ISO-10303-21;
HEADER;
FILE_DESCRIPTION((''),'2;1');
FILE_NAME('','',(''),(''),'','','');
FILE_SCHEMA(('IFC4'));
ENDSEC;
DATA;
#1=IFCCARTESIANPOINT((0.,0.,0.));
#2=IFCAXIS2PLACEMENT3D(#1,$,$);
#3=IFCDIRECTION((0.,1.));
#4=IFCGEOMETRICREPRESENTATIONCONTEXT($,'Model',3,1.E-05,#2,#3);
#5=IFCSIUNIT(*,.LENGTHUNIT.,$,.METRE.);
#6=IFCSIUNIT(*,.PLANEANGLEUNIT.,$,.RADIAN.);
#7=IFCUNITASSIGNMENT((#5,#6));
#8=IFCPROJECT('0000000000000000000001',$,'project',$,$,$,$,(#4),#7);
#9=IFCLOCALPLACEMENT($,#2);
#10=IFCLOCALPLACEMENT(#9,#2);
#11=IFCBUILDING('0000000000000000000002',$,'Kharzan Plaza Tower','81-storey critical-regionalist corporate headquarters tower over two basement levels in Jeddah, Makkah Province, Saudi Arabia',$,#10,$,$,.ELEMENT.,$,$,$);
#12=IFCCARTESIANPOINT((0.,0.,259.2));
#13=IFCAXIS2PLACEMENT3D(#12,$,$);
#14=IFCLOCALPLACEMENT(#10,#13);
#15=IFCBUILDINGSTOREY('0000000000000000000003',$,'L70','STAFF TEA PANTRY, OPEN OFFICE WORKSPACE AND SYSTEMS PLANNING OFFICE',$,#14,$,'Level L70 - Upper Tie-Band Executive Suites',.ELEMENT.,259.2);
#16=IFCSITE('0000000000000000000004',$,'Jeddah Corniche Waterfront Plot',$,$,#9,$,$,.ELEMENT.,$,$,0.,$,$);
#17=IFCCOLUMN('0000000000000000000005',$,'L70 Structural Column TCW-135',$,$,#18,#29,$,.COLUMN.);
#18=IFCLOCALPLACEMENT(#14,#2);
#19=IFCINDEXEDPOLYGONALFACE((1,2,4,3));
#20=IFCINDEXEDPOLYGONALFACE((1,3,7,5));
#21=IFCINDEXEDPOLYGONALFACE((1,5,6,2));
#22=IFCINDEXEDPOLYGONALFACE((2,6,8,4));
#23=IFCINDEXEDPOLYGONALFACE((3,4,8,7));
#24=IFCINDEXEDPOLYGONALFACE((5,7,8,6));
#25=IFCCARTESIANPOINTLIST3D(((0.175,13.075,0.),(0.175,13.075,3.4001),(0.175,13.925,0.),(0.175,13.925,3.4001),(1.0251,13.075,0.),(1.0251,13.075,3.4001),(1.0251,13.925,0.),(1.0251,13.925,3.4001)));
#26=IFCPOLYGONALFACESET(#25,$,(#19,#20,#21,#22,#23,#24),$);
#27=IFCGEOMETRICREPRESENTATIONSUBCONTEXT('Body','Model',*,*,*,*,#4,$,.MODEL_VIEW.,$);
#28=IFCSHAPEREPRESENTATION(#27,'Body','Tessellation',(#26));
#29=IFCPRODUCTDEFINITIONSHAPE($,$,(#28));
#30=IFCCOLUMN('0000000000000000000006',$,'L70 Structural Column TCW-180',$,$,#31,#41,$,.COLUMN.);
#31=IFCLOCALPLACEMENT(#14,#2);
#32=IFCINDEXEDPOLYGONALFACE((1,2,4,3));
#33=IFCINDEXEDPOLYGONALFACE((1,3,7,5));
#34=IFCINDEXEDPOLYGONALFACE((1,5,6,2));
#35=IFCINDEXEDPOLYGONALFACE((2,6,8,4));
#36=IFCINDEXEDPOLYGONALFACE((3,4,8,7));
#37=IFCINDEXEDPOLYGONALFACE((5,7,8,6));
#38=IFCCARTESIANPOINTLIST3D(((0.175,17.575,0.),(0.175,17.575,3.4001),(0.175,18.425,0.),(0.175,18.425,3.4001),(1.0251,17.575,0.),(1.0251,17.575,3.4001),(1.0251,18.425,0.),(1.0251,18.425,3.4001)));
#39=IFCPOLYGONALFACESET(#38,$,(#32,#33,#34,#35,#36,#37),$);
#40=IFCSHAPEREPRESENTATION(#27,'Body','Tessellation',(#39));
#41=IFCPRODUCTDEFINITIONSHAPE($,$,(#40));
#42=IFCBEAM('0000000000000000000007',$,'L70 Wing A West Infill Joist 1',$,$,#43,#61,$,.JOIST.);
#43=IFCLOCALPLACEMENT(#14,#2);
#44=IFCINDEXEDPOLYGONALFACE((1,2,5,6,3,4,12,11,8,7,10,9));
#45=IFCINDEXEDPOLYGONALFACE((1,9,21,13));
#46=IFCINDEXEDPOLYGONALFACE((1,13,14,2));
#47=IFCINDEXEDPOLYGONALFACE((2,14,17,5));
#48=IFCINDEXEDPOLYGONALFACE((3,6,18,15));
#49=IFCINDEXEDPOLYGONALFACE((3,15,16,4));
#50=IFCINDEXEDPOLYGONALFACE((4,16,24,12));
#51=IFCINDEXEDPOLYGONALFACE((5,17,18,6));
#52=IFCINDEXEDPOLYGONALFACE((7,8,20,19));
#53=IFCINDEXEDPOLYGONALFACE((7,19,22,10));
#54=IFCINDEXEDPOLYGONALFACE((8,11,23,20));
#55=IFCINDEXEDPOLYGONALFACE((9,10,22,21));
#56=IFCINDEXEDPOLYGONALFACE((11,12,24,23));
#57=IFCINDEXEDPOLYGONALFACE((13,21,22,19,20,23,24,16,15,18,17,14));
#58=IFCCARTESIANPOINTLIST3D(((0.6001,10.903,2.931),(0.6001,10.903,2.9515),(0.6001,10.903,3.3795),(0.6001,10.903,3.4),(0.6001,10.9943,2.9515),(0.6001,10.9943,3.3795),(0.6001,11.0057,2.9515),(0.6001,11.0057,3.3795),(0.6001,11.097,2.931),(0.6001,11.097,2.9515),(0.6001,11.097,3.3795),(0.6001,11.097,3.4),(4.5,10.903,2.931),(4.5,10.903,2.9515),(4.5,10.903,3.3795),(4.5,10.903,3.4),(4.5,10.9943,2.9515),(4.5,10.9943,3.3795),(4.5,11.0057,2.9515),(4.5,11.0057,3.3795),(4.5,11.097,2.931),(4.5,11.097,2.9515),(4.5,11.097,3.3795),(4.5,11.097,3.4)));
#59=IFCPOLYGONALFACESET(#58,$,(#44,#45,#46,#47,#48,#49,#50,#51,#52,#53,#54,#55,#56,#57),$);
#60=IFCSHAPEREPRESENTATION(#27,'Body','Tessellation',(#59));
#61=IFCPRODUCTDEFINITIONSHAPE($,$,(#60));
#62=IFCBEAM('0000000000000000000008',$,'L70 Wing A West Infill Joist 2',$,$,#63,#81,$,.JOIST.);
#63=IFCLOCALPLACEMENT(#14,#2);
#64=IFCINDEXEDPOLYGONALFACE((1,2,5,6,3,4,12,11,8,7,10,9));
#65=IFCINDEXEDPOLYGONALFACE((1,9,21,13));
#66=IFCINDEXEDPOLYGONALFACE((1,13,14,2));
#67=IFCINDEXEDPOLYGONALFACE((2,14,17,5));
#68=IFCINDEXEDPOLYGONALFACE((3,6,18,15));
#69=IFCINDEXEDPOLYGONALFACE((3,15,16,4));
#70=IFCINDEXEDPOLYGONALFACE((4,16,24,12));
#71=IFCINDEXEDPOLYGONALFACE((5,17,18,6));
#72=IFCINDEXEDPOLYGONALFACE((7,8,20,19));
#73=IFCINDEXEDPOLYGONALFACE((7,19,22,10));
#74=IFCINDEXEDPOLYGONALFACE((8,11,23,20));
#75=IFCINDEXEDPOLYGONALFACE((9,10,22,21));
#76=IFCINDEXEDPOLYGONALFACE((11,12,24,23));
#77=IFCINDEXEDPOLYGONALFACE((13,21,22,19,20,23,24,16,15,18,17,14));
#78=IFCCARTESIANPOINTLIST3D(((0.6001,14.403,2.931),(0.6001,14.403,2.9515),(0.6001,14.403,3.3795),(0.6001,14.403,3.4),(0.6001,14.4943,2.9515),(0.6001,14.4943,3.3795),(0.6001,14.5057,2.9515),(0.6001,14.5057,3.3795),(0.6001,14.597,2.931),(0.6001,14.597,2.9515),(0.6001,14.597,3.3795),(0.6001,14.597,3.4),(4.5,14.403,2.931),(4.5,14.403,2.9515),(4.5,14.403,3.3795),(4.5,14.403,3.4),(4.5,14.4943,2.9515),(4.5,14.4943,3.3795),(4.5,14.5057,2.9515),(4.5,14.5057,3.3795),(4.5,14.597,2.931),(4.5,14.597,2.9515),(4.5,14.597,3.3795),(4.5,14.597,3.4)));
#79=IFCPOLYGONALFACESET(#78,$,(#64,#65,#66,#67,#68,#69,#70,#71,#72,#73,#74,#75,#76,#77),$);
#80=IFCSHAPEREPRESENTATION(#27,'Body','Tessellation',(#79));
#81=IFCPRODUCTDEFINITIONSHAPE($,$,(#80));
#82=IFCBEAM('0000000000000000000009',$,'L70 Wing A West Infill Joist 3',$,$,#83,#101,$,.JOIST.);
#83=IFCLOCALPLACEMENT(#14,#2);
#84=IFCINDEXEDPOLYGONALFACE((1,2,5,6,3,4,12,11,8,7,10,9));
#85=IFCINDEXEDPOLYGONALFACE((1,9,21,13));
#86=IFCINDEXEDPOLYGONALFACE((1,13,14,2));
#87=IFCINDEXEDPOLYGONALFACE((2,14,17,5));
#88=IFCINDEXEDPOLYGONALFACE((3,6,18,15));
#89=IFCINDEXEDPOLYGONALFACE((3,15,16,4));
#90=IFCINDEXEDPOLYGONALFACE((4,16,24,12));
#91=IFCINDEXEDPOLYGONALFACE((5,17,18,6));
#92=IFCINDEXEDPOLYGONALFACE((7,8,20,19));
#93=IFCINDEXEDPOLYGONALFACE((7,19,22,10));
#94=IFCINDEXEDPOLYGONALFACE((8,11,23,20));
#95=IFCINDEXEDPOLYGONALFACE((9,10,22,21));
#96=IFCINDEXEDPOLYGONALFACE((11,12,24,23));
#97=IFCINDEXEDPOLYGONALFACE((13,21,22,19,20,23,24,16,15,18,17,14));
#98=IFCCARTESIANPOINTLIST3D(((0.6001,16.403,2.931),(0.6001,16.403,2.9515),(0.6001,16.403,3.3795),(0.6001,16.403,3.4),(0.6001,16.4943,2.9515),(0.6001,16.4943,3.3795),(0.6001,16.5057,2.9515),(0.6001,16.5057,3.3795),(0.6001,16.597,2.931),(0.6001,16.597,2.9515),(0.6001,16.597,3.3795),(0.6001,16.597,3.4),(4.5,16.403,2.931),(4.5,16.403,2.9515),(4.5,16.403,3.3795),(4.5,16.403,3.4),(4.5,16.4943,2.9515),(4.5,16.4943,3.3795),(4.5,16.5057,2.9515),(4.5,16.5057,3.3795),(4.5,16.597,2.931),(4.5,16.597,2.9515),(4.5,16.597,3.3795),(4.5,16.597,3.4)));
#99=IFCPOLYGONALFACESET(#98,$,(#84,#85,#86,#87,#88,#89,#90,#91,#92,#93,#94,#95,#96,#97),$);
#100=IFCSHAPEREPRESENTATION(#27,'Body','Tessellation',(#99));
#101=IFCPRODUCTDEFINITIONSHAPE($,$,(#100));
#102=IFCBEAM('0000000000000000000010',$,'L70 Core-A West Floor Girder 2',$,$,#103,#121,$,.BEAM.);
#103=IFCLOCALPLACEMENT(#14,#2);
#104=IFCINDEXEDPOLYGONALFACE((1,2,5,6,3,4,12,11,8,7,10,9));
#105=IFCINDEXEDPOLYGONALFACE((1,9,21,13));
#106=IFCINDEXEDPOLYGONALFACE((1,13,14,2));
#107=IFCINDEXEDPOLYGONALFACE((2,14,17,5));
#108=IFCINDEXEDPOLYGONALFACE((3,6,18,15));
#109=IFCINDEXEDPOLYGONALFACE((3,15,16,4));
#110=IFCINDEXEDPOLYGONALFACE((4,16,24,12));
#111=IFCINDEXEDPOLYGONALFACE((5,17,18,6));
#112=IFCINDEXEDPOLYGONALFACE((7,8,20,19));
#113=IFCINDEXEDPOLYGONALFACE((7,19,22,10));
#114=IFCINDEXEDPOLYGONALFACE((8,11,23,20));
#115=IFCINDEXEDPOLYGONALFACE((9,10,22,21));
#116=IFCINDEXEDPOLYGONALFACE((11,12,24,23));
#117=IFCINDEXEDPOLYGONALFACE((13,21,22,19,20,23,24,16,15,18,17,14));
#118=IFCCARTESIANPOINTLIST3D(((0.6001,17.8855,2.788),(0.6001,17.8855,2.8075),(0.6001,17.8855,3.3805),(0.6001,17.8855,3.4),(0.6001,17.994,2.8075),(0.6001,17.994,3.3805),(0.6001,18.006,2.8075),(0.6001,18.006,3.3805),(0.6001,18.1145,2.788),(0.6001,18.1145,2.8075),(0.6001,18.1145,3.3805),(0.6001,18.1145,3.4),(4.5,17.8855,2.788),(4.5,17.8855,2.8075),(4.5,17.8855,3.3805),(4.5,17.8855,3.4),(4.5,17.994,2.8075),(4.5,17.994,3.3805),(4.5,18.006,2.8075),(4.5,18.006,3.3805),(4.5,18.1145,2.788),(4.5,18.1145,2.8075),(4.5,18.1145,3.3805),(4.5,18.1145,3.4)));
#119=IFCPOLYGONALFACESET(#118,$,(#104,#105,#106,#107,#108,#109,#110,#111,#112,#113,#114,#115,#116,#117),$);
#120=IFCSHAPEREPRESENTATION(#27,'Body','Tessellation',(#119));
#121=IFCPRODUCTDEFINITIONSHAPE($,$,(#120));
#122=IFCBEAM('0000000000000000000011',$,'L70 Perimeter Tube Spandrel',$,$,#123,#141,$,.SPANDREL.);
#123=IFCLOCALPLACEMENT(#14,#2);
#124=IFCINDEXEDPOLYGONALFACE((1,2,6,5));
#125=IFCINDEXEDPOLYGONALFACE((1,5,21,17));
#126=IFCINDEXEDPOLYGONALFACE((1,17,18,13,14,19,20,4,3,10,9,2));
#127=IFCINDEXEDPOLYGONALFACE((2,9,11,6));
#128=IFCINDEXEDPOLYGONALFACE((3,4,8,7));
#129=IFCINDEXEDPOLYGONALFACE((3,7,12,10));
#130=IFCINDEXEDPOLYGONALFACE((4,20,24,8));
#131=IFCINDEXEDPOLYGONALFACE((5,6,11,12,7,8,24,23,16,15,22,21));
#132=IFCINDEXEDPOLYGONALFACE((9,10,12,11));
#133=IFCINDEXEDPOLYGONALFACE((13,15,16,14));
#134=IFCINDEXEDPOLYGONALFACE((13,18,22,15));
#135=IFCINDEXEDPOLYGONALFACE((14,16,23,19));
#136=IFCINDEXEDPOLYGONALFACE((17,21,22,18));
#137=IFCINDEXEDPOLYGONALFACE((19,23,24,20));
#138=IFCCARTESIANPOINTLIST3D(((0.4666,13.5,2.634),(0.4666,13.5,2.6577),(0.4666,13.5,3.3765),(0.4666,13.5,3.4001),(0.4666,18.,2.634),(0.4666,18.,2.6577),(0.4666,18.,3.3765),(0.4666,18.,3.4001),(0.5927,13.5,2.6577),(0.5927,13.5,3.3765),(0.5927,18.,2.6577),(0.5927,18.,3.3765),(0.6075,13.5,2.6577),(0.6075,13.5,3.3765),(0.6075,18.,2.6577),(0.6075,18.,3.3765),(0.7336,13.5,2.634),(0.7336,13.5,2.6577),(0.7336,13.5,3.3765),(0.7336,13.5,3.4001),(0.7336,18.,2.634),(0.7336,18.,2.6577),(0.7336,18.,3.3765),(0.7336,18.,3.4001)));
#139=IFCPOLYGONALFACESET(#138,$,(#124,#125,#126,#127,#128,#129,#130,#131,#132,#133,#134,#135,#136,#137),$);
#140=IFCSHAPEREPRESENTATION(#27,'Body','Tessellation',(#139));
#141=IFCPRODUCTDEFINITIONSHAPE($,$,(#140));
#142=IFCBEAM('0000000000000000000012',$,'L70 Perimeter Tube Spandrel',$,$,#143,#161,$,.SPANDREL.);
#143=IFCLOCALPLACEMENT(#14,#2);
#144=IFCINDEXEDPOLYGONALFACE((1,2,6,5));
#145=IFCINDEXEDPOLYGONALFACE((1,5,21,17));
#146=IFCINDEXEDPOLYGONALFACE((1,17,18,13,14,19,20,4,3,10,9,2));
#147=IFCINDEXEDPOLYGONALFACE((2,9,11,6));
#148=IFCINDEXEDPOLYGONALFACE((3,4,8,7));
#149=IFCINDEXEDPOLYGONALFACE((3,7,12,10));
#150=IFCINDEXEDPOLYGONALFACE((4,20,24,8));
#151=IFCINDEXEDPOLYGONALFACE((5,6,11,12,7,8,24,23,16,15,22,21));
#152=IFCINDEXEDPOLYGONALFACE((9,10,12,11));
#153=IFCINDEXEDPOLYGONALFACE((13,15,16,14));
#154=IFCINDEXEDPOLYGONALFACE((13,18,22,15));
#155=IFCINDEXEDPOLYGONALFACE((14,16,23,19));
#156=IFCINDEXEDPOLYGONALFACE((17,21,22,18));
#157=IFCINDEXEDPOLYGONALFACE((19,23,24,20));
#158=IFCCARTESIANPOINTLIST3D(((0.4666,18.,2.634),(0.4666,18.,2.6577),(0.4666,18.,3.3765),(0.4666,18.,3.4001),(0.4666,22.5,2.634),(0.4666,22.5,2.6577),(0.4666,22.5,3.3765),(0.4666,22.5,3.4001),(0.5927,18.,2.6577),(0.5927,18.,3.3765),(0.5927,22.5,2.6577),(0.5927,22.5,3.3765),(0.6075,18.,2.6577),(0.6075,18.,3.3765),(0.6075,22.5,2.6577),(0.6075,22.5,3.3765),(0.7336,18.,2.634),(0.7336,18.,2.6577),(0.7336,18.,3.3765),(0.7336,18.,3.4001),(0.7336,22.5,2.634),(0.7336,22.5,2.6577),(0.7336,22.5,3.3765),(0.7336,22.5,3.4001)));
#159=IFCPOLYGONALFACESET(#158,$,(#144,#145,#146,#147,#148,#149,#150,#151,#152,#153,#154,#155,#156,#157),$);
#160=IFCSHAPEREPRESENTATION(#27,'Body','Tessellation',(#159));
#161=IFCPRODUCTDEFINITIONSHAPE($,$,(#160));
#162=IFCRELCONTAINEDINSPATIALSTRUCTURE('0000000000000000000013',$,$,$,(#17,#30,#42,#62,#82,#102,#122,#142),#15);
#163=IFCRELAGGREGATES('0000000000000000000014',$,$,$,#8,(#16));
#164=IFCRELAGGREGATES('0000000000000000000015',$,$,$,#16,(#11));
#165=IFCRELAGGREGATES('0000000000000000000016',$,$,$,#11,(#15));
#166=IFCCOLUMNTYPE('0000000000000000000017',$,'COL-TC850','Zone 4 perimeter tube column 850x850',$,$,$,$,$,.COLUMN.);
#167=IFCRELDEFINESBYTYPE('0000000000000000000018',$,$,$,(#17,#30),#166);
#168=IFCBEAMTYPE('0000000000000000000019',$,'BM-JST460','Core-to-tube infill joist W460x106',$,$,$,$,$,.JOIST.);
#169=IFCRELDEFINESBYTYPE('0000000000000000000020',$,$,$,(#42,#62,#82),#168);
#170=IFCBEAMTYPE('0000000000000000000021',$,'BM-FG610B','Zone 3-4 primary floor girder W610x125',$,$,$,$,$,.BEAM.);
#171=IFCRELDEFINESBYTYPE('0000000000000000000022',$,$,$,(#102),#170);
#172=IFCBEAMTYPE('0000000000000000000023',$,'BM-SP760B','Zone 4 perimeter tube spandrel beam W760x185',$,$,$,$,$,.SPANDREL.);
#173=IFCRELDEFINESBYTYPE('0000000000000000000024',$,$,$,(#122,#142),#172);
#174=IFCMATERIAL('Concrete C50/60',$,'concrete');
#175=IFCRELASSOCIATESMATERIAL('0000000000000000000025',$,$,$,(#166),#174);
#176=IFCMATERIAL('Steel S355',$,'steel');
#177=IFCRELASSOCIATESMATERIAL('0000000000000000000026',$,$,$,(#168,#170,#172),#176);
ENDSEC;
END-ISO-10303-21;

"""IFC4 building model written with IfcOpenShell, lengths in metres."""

from ifc_helpers import new_model, si_unit, direction, frame, origin, origin_2d, place, context, subcontext, project, spatial, rectangle, i_section, extrude, source, transform, mapped, material, material_profile, profile_set, type_object, element, save


model = new_model("IFC4")

# Units and contexts
model_context = context("Model", 3, precision=1e-05, world=origin(), true_north=direction((0.0, 1.0)))
body_context = subcontext(model_context, "Body", "Model", "MODEL_VIEW")
ifc_project = project(units=[si_unit("LENGTHUNIT", "METRE"), si_unit("PLANEANGLEUNIT", "RADIAN")], contexts=[model_context])

# Site, building, storey
site_placement = place(None, origin())
site = spatial("IfcSite", under=ifc_project, at=site_placement, Name="Jeddah Corniche Waterfront Plot", CompositionType="ELEMENT", RefElevation=0.0)
building_placement = place(site_placement, origin())
building = spatial("IfcBuilding", under=site, at=building_placement, Name="Kharzan Plaza Tower", Description="81-storey critical-regionalist corporate headquarters tower over two basement levels in Jeddah, Makkah Province, Saudi Arabia", CompositionType="ELEMENT")
storey_placement = place(building_placement, frame((0.0, 0.0, 259.2)))
storey = spatial("IfcBuildingStorey", under=building, at=storey_placement, Name="L70", Description="STAFF TEA PANTRY, OPEN OFFICE WORKSPACE AND SYSTEMS PLANNING OFFICE", LongName="Level L70 - Upper Tie-Band Executive Suites", CompositionType="ELEMENT", Elevation=259.2)

# Columns
ifc_material_1 = material(Name="Concrete C50/60", Category="concrete")
ifc_material_profile_1 = material_profile(ifc_material_1, rectangle(XDim=0.8501, YDim=0.8501, at=origin_2d()), Name="RC-TC850x850")
ifc_profile_set_1 = profile_set([ifc_material_profile_1], Name="Concrete C50/60")
column_type = type_object("IfcColumnType", Name="COL-TC850", Description="Zone 4 perimeter tube column 850x850", PredefinedType="COLUMN", material=ifc_profile_set_1)
shared_shape_1 = source(origin(), body_context, "Body", "SweptSolid", [
    extrude(rectangle(XDim=0.8501, YDim=0.8501, at=origin_2d()), origin(), (0.0, 0.0, 1.0), 3.4001),
])
for number, where, z_axis, x_axis, name in (
    (1, (0.6001, 13.5, 0.0), (0.0, 0.0, 1.0), (1.0, 0.0, 0.0), "L70 Structural Column TCW-135"),
    (2, (0.6001, 18.0, 0.0), (0.0, 0.0, 1.0), (1.0, 0.0, 0.0), "L70 Structural Column TCW-180"),
):
    element("IfcColumn", number, at=place(storey_placement, frame(where, z_axis=z_axis, x_axis=x_axis)), inside=storey, type_object=column_type, Name=name, PredefinedType="COLUMN", context=body_context, shape_type="MappedRepresentation", body=[
        mapped(shared_shape_1, transform((0.0, 0.0, 0.0), x_axis=(1.0, 0.0, 0.0), y_axis=(0.0, 1.0, 0.0), z_axis=(0.0, 0.0, 1.0))),
    ])

# Beams
ifc_material_2 = material(Name="Steel S355", Category="steel")
ifc_material_profile_2 = material_profile(ifc_material_2, i_section(OverallWidth=0.1941, OverallDepth=0.469, WebThickness=0.0115, FlangeThickness=0.0205, at=origin_2d()), Name="W460x106")
ifc_profile_set_2 = profile_set([ifc_material_profile_2], Name="Steel S355")
beam_type_1 = type_object("IfcBeamType", Name="BM-JST460", Description="Core-to-tube infill joist W460x106", PredefinedType="JOIST", material=ifc_profile_set_2)
shared_shape_2 = source(origin(), body_context, "Body", "SweptSolid", [
    extrude(i_section(OverallWidth=0.1941, OverallDepth=0.469, WebThickness=0.0115, FlangeThickness=0.0205, at=origin_2d()), origin(), (0.0, 0.0, 1.0), 3.8999),
])
for number, where, z_axis, x_axis, name in (
    (3, (0.6001, 11.0, 3.1655), (1.0, 0.0, 0.0), (0.0, 1.0, 0.0), "L70 Wing A West Infill Joist 1"),
    (4, (0.6001, 14.5, 3.1655), (1.0, 0.0, 0.0), (0.0, 1.0, 0.0), "L70 Wing A West Infill Joist 2"),
    (5, (0.6001, 16.5, 3.1655), (1.0, 0.0, 0.0), (0.0, 1.0, 0.0), "L70 Wing A West Infill Joist 3"),
):
    element("IfcBeam", number, at=place(storey_placement, frame(where, z_axis=z_axis, x_axis=x_axis)), inside=storey, type_object=beam_type_1, Name=name, PredefinedType="JOIST", context=body_context, shape_type="MappedRepresentation", body=[
        mapped(shared_shape_2, transform((0.0, 0.0, 0.0), x_axis=(1.0, 0.0, 0.0), y_axis=(0.0, 1.0, 0.0), z_axis=(0.0, 0.0, 1.0))),
    ])
ifc_material_profile_3 = material_profile(ifc_material_2, i_section(OverallWidth=0.229, OverallDepth=0.6121, WebThickness=0.012, FlangeThickness=0.0195, at=origin_2d()), Name="W610x125")
ifc_profile_set_3 = profile_set([ifc_material_profile_3], Name="Steel S355")
beam_type_2 = type_object("IfcBeamType", Name="BM-FG610B", Description="Zone 3-4 primary floor girder W610x125", PredefinedType="BEAM", material=ifc_profile_set_3)
shared_shape_3 = source(origin(), body_context, "Body", "SweptSolid", [
    extrude(i_section(OverallWidth=0.229, OverallDepth=0.6121, WebThickness=0.012, FlangeThickness=0.0195, at=origin_2d()), origin(), (0.0, 0.0, 1.0), 3.8999),
])
beam_placement = place(storey_placement, frame((0.6001, 18.0, 3.094), z_axis=(1.0, 0.0, 0.0), x_axis=(0.0, 1.0, 0.0)))
element("IfcBeam", 6, at=beam_placement, inside=storey, type_object=beam_type_2, Name="L70 Core-A West Floor Girder 2", PredefinedType="BEAM", context=body_context, shape_type="MappedRepresentation", body=[
    mapped(shared_shape_3, transform((0.0, 0.0, 0.0), x_axis=(1.0, 0.0, 0.0), y_axis=(0.0, 1.0, 0.0), z_axis=(0.0, 0.0, 1.0))),
])
ifc_material_profile_4 = material_profile(ifc_material_2, i_section(OverallWidth=0.2671, OverallDepth=0.7661, WebThickness=0.0149, FlangeThickness=0.0237, at=origin_2d()), Name="W760x185")
ifc_profile_set_4 = profile_set([ifc_material_profile_4], Name="Steel S355")
beam_type_3 = type_object("IfcBeamType", Name="BM-SP760B", Description="Zone 4 perimeter tube spandrel beam W760x185", PredefinedType="SPANDREL", material=ifc_profile_set_4)
shared_shape_4 = source(origin(), body_context, "Body", "SweptSolid", [
    extrude(i_section(OverallWidth=0.2671, OverallDepth=0.7661, WebThickness=0.0149, FlangeThickness=0.0237, at=origin_2d()), origin(), (0.0, 0.0, 1.0), 4.5),
])
for number, where, z_axis, x_axis, name in (
    (7, (0.6001, 13.5, 3.0171), (0.0, 1.0, 0.0), (-1.0, 0.0, 0.0), "L70 Perimeter Tube Spandrel"),
    (8, (0.6001, 18.0, 3.0171), (0.0, 1.0, 0.0), (-1.0, 0.0, 0.0), "L70 Perimeter Tube Spandrel"),
):
    element("IfcBeam", number, at=place(storey_placement, frame(where, z_axis=z_axis, x_axis=x_axis)), inside=storey, type_object=beam_type_3, Name=name, PredefinedType="SPANDREL", context=body_context, shape_type="MappedRepresentation", body=[
        mapped(shared_shape_4, transform((0.0, 0.0, 0.0), x_axis=(1.0, 0.0, 0.0), y_axis=(0.0, 1.0, 0.0), z_axis=(0.0, 0.0, 1.0))),
    ])

save(model, "model.ifc")
